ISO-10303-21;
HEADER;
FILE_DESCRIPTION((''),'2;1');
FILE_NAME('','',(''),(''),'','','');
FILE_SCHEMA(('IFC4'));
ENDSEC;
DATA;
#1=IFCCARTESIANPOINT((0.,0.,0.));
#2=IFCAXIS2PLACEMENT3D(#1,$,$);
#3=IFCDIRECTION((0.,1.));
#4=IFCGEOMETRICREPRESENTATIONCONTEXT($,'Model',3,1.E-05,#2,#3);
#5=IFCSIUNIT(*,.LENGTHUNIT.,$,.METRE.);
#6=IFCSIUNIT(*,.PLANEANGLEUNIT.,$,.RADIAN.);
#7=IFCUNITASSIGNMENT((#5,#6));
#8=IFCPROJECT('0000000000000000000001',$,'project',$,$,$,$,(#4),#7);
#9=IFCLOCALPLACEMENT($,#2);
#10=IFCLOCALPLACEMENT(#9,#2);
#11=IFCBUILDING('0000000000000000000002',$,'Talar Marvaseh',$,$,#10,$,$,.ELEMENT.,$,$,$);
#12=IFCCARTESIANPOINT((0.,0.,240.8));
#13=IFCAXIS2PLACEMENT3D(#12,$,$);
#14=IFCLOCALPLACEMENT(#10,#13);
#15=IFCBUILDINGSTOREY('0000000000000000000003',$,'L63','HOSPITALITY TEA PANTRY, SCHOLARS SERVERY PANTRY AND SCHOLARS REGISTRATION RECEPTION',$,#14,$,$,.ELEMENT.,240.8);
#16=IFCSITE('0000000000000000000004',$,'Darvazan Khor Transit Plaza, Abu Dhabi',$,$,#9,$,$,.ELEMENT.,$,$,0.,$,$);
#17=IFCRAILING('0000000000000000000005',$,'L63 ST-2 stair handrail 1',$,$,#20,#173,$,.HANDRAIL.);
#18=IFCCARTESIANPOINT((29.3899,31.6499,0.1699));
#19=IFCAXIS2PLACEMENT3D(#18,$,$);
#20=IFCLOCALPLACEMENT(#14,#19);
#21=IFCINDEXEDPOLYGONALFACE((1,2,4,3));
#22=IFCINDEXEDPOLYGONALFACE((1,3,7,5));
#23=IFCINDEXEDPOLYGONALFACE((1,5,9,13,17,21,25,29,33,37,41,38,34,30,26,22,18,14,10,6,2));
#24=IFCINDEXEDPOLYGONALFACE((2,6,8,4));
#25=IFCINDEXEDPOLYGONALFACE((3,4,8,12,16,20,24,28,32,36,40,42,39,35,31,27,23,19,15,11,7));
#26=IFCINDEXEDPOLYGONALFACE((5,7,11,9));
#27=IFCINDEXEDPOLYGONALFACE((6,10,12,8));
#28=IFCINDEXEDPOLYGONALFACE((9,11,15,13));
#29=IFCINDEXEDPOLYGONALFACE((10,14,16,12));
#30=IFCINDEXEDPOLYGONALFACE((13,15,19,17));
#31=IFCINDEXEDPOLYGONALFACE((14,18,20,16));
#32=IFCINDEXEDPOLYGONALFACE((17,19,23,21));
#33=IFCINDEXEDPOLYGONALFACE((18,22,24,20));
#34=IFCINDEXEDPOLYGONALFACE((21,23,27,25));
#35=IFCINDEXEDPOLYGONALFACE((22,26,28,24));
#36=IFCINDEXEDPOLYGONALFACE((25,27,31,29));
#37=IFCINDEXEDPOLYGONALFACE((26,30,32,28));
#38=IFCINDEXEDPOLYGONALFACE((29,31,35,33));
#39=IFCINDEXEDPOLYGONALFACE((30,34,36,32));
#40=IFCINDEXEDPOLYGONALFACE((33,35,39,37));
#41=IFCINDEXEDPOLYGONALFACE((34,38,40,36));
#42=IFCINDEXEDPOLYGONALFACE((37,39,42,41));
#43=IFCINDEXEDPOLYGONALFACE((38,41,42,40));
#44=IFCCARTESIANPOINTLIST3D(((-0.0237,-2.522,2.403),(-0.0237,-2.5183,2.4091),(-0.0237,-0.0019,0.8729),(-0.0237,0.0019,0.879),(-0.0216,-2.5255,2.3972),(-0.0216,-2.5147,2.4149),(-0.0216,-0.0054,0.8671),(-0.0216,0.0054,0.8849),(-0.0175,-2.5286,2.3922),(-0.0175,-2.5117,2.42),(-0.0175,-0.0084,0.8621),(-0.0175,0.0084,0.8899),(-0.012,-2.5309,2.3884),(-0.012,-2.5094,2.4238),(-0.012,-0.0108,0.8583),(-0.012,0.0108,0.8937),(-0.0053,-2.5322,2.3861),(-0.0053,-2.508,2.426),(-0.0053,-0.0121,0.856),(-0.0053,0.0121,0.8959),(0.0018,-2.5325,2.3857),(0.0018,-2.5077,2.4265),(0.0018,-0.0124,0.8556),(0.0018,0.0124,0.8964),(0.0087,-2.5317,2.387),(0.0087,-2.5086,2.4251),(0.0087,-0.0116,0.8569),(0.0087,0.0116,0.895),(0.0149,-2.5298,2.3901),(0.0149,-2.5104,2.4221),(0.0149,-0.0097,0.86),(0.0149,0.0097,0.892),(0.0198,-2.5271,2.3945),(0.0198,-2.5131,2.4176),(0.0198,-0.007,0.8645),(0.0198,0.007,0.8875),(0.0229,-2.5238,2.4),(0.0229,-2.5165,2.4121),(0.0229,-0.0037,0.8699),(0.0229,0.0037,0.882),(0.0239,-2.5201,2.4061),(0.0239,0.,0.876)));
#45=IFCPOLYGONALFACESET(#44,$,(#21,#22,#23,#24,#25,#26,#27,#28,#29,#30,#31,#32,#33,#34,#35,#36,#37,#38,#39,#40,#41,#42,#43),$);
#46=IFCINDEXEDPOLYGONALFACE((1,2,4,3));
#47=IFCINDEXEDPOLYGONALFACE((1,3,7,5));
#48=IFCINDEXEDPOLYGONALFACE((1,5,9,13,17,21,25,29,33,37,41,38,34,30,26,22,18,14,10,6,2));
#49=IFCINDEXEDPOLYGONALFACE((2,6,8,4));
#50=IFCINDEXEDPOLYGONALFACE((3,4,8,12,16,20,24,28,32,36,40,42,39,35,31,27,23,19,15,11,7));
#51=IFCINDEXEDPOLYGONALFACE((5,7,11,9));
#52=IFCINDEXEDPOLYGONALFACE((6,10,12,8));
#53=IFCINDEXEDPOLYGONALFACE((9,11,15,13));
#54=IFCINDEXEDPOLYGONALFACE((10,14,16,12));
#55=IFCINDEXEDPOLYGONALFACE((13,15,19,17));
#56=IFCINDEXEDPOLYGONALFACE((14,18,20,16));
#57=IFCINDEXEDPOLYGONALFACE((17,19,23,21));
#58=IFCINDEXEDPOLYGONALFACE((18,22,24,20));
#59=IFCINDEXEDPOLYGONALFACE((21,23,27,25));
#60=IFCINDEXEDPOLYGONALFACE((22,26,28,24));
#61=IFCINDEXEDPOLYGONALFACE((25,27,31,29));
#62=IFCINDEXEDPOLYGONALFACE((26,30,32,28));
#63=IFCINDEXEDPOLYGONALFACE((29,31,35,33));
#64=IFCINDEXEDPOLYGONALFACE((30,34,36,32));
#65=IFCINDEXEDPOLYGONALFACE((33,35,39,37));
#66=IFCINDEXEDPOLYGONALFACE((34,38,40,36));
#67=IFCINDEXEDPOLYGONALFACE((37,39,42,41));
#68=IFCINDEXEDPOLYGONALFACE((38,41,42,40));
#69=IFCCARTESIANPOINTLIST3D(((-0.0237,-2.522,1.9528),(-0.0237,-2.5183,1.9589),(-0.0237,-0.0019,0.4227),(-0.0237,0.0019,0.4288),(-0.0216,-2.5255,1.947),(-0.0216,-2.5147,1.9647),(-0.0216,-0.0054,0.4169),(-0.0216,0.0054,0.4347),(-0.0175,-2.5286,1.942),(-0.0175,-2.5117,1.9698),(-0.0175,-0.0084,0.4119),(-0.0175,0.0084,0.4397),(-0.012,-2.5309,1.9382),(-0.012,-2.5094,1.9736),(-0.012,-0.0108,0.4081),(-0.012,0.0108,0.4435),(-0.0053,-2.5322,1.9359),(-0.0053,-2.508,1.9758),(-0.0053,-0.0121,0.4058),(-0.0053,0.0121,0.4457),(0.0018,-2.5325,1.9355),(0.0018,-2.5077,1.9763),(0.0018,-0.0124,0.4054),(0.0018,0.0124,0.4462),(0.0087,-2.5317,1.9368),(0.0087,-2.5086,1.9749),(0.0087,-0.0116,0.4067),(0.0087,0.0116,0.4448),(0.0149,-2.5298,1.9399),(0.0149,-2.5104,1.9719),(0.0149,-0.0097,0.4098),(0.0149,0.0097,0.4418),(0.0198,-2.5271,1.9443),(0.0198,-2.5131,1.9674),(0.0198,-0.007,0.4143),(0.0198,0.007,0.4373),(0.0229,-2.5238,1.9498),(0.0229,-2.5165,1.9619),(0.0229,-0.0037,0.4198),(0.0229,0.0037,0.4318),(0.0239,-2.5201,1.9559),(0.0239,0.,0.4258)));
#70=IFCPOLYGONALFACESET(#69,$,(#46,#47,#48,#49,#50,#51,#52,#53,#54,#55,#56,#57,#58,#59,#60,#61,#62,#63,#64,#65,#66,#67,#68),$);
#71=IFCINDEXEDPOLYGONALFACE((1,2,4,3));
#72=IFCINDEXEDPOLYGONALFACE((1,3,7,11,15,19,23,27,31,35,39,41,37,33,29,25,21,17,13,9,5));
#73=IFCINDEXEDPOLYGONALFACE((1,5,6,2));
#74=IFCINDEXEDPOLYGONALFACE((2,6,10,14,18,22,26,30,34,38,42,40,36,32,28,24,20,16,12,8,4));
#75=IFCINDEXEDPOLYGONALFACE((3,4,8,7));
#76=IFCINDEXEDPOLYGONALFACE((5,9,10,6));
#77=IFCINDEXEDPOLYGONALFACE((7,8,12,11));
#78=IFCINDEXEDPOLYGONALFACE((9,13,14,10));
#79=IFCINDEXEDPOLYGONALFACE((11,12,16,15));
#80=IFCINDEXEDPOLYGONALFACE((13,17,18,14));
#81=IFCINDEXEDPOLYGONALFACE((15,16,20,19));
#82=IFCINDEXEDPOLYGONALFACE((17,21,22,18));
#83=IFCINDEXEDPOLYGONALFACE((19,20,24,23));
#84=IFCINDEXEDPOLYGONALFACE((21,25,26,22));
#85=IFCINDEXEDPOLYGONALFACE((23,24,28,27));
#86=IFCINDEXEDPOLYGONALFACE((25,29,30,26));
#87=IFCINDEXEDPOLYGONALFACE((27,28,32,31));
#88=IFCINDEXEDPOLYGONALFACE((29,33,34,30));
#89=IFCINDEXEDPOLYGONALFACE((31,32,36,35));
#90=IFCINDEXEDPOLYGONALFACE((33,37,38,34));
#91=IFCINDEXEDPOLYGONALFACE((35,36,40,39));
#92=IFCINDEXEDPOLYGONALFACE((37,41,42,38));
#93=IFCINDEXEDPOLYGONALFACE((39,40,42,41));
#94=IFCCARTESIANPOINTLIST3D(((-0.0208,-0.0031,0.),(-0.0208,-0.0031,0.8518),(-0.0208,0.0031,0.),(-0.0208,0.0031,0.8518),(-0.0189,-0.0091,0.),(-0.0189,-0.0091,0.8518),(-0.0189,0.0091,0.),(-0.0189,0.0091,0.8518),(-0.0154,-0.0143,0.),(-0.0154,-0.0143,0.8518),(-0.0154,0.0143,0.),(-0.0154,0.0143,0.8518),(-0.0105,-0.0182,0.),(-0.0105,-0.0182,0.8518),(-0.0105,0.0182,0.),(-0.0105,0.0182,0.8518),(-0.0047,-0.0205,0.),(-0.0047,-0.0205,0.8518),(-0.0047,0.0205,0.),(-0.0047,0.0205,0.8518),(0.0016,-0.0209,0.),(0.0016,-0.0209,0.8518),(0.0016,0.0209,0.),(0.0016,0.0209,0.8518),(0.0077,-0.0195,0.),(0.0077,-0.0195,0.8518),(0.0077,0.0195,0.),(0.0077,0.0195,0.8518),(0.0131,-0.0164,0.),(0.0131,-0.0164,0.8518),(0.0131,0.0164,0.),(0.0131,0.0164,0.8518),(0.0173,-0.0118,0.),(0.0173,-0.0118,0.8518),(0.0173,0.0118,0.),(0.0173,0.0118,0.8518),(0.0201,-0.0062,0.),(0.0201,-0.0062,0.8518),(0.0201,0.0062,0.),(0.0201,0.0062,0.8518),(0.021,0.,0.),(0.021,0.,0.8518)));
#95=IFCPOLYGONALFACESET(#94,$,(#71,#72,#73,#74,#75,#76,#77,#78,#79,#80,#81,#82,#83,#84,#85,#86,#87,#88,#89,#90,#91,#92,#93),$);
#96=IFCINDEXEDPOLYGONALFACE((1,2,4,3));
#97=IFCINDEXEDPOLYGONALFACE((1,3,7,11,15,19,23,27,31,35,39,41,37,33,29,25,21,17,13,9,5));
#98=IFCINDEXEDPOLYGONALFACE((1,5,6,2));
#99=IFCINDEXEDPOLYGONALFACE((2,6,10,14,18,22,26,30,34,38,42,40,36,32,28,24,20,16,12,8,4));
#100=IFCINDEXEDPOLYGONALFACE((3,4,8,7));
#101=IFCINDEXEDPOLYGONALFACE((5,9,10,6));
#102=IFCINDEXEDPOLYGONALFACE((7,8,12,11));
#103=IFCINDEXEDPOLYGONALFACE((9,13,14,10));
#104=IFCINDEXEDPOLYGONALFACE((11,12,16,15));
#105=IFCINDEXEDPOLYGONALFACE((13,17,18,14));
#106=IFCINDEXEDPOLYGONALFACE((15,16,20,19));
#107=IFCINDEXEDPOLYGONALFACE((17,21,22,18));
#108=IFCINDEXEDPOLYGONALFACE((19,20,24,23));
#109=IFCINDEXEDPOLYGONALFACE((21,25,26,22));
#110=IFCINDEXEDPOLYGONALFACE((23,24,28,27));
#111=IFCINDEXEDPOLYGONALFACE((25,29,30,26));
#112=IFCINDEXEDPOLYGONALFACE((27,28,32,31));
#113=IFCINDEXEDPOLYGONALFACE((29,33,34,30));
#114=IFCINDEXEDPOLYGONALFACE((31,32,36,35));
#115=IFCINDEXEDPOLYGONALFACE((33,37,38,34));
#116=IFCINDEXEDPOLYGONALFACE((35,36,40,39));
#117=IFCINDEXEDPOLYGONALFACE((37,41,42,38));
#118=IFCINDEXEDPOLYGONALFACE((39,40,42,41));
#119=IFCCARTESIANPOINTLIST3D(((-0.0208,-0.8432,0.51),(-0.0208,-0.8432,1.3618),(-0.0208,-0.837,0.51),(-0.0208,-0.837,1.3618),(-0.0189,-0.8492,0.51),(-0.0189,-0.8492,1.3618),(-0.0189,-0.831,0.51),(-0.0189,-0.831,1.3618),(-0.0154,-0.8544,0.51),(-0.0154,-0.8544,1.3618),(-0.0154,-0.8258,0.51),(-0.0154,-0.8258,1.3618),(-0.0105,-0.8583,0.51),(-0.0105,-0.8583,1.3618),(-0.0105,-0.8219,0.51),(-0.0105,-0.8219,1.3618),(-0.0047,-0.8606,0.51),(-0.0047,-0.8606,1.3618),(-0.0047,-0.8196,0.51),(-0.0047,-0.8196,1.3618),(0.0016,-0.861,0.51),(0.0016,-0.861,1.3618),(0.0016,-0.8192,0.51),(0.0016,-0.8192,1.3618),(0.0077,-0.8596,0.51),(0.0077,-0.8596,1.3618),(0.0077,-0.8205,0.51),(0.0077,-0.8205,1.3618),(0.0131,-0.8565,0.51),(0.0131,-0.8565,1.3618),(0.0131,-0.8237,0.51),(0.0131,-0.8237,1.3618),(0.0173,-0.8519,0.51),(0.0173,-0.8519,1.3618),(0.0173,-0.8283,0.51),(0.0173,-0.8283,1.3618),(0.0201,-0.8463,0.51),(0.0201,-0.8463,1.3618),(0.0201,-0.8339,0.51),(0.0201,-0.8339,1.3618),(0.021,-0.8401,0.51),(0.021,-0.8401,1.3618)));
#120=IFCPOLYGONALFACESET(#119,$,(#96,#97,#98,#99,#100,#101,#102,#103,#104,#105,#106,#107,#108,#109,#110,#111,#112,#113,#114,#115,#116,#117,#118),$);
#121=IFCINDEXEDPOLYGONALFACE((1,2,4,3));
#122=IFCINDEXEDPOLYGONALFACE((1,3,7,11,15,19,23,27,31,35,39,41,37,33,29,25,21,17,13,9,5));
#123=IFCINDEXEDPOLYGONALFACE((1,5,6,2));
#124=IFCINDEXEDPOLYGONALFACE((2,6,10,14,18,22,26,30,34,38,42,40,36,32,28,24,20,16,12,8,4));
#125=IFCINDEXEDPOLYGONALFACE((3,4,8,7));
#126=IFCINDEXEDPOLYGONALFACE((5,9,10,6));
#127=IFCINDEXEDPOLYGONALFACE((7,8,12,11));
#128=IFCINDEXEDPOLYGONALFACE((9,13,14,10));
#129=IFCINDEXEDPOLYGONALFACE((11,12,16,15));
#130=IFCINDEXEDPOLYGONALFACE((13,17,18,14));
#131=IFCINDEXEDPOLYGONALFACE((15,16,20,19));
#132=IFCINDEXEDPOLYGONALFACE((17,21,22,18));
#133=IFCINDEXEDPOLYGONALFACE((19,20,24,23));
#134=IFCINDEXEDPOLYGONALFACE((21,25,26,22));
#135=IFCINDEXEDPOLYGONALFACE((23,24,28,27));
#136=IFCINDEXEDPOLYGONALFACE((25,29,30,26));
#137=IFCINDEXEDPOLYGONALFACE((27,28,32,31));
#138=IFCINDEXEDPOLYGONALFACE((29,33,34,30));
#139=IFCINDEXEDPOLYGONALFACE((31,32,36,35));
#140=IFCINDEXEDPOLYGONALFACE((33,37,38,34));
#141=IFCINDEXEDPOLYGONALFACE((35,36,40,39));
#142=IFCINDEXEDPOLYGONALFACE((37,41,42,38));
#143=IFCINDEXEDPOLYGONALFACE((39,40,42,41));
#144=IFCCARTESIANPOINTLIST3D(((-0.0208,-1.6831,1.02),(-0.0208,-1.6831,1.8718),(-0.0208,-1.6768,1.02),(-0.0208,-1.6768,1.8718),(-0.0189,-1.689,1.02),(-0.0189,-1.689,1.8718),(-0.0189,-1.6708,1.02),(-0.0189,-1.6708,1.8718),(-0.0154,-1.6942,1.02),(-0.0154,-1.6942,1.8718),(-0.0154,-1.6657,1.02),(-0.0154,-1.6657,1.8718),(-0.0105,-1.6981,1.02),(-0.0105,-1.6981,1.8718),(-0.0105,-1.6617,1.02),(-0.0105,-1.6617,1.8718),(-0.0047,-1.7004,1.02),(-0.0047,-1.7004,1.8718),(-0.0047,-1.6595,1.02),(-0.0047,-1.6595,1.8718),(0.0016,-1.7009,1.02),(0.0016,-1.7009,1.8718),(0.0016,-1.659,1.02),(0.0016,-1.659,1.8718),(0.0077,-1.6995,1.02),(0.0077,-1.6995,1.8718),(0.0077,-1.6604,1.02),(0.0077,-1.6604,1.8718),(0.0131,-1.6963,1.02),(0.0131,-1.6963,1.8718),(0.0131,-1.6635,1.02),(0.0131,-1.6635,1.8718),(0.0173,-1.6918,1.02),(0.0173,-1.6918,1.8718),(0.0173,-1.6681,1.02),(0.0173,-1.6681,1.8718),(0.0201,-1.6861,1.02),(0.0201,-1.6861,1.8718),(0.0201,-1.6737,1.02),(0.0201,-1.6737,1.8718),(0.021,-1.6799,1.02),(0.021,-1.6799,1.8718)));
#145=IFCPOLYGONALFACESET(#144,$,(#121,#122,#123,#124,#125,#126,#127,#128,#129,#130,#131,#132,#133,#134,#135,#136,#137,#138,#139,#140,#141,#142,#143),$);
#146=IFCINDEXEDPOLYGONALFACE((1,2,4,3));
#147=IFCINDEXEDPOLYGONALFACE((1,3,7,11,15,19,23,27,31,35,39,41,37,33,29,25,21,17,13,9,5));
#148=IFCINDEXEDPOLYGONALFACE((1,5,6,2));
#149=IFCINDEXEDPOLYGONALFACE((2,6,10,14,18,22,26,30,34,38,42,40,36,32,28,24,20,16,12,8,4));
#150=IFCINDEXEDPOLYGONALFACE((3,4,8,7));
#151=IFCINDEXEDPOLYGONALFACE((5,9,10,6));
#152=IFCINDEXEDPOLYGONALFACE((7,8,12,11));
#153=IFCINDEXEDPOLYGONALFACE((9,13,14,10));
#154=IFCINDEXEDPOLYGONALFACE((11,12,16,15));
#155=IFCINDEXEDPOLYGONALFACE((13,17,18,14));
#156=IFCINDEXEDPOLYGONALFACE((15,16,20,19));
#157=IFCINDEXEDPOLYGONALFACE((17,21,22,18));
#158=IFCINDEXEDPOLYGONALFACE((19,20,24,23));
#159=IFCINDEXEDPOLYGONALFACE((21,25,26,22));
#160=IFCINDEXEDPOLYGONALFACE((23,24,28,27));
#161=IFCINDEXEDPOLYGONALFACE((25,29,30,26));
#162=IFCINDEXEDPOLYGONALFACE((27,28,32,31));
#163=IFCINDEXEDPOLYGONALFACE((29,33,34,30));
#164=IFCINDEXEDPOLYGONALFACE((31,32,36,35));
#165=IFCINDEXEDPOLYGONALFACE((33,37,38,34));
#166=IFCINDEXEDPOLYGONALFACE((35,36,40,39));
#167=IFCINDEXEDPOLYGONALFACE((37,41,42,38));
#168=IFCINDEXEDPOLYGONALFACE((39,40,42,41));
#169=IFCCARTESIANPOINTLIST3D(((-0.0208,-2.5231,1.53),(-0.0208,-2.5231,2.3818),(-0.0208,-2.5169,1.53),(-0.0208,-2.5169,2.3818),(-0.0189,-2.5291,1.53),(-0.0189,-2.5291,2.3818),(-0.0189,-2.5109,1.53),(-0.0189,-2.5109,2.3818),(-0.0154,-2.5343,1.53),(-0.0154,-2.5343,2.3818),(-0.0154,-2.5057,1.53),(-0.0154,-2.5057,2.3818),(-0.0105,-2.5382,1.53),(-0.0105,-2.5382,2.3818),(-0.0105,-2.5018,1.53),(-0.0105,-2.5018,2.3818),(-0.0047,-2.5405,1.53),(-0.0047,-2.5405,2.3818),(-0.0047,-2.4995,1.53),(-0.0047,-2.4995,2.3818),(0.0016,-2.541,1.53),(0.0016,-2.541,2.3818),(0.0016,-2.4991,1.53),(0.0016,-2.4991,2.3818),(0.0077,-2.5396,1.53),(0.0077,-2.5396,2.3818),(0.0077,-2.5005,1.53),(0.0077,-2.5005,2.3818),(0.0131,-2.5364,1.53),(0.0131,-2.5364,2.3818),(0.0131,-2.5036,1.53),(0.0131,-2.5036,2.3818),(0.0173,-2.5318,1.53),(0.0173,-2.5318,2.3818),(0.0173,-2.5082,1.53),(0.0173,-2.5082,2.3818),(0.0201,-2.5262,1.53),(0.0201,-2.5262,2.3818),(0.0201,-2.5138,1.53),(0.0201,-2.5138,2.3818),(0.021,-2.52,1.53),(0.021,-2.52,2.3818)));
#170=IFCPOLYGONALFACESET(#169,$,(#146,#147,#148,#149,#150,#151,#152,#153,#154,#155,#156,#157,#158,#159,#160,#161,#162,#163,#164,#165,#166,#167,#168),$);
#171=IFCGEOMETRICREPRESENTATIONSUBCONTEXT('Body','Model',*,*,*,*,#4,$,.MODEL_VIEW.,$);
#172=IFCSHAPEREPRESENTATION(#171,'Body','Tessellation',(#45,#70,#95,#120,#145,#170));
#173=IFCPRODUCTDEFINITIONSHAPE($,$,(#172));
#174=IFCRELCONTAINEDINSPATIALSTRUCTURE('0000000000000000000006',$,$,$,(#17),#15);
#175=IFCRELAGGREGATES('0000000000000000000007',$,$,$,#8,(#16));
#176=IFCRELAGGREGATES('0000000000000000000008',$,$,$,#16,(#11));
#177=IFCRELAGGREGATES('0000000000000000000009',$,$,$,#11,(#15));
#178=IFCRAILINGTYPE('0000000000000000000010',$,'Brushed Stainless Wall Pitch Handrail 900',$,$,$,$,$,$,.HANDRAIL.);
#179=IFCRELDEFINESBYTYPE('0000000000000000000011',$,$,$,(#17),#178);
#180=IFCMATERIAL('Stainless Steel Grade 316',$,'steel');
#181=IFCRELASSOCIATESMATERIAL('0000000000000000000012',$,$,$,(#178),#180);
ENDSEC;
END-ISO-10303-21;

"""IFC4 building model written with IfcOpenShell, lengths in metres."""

from ifc_helpers import new_model, si_unit, direction, frame, origin, origin_2d, place, context, subcontext, project, spatial, circle, extrude, material, type_object, element, save


model = new_model("IFC4")

# Units and contexts
model_context = context("Model", 3, precision=1e-05, world=origin(), true_north=direction((0.0, 1.0)))
body_context = subcontext(model_context, "Body", "Model", "MODEL_VIEW")
ifc_project = project(units=[si_unit("LENGTHUNIT", "METRE"), si_unit("PLANEANGLEUNIT", "RADIAN")], contexts=[model_context])

# Site, building, storey
site_placement = place(None, origin())
site = spatial("IfcSite", under=ifc_project, at=site_placement, Name="Darvazan Khor Transit Plaza, Abu Dhabi", CompositionType="ELEMENT", RefElevation=0.0)
building_placement = place(site_placement, origin())
building = spatial("IfcBuilding", under=site, at=building_placement, Name="Talar Marvaseh", CompositionType="ELEMENT")
storey_placement = place(building_placement, frame((0.0, 0.0, 240.8)))
storey = spatial("IfcBuildingStorey", under=building, at=storey_placement, Name="L63", Description="HOSPITALITY TEA PANTRY, SCHOLARS SERVERY PANTRY AND SCHOLARS REGISTRATION RECEPTION", CompositionType="ELEMENT", Elevation=240.8)

# Shared definitions
ifc_material_1 = material(Name="Stainless Steel Grade 316", Category="steel")

# Railing
railing_type_1 = type_object("IfcRailingType", Name="Brushed Stainless Wall Pitch Handrail 900", PredefinedType="HANDRAIL", material=ifc_material_1)
railing_1_placement = place(storey_placement, frame((29.3899, 31.6499, 0.1699)))
element("IfcRailing", 1, at=railing_1_placement, inside=storey, type_object=railing_type_1, Name="L63 ST-2 stair handrail 1", PredefinedType="HANDRAIL", context=body_context, shape_type="SweptSolid", body=[
    extrude(circle(Radius=0.0239, at=origin_2d()), frame((0.0, 0.0, 0.876), z_axis=(0.0, -0.854785, 0.518982), x_axis=(1.0, 0.0, 0.0)), (0.0, 0.0, 1.0), 2.9482),
    extrude(circle(Radius=0.0239, at=origin_2d()), frame((0.0, 0.0, 0.4258), z_axis=(0.0, -0.854785, 0.518982), x_axis=(1.0, 0.0, 0.0)), (0.0, 0.0, 1.0), 2.9482),
    extrude(circle(Radius=0.021, at=origin_2d()), origin(), (0.0, 0.0, 1.0), 0.8518),
    extrude(circle(Radius=0.021, at=origin_2d()), frame((0.0, -0.8401, 0.51)), (0.0, 0.0, 1.0), 0.8518),
    extrude(circle(Radius=0.021, at=origin_2d()), frame((0.0, -1.6799, 1.02)), (0.0, 0.0, 1.0), 0.8518),
    extrude(circle(Radius=0.021, at=origin_2d()), frame((0.0, -2.52, 1.53)), (0.0, 0.0, 1.0), 0.8518),
])

save(model, "model.ifc")
